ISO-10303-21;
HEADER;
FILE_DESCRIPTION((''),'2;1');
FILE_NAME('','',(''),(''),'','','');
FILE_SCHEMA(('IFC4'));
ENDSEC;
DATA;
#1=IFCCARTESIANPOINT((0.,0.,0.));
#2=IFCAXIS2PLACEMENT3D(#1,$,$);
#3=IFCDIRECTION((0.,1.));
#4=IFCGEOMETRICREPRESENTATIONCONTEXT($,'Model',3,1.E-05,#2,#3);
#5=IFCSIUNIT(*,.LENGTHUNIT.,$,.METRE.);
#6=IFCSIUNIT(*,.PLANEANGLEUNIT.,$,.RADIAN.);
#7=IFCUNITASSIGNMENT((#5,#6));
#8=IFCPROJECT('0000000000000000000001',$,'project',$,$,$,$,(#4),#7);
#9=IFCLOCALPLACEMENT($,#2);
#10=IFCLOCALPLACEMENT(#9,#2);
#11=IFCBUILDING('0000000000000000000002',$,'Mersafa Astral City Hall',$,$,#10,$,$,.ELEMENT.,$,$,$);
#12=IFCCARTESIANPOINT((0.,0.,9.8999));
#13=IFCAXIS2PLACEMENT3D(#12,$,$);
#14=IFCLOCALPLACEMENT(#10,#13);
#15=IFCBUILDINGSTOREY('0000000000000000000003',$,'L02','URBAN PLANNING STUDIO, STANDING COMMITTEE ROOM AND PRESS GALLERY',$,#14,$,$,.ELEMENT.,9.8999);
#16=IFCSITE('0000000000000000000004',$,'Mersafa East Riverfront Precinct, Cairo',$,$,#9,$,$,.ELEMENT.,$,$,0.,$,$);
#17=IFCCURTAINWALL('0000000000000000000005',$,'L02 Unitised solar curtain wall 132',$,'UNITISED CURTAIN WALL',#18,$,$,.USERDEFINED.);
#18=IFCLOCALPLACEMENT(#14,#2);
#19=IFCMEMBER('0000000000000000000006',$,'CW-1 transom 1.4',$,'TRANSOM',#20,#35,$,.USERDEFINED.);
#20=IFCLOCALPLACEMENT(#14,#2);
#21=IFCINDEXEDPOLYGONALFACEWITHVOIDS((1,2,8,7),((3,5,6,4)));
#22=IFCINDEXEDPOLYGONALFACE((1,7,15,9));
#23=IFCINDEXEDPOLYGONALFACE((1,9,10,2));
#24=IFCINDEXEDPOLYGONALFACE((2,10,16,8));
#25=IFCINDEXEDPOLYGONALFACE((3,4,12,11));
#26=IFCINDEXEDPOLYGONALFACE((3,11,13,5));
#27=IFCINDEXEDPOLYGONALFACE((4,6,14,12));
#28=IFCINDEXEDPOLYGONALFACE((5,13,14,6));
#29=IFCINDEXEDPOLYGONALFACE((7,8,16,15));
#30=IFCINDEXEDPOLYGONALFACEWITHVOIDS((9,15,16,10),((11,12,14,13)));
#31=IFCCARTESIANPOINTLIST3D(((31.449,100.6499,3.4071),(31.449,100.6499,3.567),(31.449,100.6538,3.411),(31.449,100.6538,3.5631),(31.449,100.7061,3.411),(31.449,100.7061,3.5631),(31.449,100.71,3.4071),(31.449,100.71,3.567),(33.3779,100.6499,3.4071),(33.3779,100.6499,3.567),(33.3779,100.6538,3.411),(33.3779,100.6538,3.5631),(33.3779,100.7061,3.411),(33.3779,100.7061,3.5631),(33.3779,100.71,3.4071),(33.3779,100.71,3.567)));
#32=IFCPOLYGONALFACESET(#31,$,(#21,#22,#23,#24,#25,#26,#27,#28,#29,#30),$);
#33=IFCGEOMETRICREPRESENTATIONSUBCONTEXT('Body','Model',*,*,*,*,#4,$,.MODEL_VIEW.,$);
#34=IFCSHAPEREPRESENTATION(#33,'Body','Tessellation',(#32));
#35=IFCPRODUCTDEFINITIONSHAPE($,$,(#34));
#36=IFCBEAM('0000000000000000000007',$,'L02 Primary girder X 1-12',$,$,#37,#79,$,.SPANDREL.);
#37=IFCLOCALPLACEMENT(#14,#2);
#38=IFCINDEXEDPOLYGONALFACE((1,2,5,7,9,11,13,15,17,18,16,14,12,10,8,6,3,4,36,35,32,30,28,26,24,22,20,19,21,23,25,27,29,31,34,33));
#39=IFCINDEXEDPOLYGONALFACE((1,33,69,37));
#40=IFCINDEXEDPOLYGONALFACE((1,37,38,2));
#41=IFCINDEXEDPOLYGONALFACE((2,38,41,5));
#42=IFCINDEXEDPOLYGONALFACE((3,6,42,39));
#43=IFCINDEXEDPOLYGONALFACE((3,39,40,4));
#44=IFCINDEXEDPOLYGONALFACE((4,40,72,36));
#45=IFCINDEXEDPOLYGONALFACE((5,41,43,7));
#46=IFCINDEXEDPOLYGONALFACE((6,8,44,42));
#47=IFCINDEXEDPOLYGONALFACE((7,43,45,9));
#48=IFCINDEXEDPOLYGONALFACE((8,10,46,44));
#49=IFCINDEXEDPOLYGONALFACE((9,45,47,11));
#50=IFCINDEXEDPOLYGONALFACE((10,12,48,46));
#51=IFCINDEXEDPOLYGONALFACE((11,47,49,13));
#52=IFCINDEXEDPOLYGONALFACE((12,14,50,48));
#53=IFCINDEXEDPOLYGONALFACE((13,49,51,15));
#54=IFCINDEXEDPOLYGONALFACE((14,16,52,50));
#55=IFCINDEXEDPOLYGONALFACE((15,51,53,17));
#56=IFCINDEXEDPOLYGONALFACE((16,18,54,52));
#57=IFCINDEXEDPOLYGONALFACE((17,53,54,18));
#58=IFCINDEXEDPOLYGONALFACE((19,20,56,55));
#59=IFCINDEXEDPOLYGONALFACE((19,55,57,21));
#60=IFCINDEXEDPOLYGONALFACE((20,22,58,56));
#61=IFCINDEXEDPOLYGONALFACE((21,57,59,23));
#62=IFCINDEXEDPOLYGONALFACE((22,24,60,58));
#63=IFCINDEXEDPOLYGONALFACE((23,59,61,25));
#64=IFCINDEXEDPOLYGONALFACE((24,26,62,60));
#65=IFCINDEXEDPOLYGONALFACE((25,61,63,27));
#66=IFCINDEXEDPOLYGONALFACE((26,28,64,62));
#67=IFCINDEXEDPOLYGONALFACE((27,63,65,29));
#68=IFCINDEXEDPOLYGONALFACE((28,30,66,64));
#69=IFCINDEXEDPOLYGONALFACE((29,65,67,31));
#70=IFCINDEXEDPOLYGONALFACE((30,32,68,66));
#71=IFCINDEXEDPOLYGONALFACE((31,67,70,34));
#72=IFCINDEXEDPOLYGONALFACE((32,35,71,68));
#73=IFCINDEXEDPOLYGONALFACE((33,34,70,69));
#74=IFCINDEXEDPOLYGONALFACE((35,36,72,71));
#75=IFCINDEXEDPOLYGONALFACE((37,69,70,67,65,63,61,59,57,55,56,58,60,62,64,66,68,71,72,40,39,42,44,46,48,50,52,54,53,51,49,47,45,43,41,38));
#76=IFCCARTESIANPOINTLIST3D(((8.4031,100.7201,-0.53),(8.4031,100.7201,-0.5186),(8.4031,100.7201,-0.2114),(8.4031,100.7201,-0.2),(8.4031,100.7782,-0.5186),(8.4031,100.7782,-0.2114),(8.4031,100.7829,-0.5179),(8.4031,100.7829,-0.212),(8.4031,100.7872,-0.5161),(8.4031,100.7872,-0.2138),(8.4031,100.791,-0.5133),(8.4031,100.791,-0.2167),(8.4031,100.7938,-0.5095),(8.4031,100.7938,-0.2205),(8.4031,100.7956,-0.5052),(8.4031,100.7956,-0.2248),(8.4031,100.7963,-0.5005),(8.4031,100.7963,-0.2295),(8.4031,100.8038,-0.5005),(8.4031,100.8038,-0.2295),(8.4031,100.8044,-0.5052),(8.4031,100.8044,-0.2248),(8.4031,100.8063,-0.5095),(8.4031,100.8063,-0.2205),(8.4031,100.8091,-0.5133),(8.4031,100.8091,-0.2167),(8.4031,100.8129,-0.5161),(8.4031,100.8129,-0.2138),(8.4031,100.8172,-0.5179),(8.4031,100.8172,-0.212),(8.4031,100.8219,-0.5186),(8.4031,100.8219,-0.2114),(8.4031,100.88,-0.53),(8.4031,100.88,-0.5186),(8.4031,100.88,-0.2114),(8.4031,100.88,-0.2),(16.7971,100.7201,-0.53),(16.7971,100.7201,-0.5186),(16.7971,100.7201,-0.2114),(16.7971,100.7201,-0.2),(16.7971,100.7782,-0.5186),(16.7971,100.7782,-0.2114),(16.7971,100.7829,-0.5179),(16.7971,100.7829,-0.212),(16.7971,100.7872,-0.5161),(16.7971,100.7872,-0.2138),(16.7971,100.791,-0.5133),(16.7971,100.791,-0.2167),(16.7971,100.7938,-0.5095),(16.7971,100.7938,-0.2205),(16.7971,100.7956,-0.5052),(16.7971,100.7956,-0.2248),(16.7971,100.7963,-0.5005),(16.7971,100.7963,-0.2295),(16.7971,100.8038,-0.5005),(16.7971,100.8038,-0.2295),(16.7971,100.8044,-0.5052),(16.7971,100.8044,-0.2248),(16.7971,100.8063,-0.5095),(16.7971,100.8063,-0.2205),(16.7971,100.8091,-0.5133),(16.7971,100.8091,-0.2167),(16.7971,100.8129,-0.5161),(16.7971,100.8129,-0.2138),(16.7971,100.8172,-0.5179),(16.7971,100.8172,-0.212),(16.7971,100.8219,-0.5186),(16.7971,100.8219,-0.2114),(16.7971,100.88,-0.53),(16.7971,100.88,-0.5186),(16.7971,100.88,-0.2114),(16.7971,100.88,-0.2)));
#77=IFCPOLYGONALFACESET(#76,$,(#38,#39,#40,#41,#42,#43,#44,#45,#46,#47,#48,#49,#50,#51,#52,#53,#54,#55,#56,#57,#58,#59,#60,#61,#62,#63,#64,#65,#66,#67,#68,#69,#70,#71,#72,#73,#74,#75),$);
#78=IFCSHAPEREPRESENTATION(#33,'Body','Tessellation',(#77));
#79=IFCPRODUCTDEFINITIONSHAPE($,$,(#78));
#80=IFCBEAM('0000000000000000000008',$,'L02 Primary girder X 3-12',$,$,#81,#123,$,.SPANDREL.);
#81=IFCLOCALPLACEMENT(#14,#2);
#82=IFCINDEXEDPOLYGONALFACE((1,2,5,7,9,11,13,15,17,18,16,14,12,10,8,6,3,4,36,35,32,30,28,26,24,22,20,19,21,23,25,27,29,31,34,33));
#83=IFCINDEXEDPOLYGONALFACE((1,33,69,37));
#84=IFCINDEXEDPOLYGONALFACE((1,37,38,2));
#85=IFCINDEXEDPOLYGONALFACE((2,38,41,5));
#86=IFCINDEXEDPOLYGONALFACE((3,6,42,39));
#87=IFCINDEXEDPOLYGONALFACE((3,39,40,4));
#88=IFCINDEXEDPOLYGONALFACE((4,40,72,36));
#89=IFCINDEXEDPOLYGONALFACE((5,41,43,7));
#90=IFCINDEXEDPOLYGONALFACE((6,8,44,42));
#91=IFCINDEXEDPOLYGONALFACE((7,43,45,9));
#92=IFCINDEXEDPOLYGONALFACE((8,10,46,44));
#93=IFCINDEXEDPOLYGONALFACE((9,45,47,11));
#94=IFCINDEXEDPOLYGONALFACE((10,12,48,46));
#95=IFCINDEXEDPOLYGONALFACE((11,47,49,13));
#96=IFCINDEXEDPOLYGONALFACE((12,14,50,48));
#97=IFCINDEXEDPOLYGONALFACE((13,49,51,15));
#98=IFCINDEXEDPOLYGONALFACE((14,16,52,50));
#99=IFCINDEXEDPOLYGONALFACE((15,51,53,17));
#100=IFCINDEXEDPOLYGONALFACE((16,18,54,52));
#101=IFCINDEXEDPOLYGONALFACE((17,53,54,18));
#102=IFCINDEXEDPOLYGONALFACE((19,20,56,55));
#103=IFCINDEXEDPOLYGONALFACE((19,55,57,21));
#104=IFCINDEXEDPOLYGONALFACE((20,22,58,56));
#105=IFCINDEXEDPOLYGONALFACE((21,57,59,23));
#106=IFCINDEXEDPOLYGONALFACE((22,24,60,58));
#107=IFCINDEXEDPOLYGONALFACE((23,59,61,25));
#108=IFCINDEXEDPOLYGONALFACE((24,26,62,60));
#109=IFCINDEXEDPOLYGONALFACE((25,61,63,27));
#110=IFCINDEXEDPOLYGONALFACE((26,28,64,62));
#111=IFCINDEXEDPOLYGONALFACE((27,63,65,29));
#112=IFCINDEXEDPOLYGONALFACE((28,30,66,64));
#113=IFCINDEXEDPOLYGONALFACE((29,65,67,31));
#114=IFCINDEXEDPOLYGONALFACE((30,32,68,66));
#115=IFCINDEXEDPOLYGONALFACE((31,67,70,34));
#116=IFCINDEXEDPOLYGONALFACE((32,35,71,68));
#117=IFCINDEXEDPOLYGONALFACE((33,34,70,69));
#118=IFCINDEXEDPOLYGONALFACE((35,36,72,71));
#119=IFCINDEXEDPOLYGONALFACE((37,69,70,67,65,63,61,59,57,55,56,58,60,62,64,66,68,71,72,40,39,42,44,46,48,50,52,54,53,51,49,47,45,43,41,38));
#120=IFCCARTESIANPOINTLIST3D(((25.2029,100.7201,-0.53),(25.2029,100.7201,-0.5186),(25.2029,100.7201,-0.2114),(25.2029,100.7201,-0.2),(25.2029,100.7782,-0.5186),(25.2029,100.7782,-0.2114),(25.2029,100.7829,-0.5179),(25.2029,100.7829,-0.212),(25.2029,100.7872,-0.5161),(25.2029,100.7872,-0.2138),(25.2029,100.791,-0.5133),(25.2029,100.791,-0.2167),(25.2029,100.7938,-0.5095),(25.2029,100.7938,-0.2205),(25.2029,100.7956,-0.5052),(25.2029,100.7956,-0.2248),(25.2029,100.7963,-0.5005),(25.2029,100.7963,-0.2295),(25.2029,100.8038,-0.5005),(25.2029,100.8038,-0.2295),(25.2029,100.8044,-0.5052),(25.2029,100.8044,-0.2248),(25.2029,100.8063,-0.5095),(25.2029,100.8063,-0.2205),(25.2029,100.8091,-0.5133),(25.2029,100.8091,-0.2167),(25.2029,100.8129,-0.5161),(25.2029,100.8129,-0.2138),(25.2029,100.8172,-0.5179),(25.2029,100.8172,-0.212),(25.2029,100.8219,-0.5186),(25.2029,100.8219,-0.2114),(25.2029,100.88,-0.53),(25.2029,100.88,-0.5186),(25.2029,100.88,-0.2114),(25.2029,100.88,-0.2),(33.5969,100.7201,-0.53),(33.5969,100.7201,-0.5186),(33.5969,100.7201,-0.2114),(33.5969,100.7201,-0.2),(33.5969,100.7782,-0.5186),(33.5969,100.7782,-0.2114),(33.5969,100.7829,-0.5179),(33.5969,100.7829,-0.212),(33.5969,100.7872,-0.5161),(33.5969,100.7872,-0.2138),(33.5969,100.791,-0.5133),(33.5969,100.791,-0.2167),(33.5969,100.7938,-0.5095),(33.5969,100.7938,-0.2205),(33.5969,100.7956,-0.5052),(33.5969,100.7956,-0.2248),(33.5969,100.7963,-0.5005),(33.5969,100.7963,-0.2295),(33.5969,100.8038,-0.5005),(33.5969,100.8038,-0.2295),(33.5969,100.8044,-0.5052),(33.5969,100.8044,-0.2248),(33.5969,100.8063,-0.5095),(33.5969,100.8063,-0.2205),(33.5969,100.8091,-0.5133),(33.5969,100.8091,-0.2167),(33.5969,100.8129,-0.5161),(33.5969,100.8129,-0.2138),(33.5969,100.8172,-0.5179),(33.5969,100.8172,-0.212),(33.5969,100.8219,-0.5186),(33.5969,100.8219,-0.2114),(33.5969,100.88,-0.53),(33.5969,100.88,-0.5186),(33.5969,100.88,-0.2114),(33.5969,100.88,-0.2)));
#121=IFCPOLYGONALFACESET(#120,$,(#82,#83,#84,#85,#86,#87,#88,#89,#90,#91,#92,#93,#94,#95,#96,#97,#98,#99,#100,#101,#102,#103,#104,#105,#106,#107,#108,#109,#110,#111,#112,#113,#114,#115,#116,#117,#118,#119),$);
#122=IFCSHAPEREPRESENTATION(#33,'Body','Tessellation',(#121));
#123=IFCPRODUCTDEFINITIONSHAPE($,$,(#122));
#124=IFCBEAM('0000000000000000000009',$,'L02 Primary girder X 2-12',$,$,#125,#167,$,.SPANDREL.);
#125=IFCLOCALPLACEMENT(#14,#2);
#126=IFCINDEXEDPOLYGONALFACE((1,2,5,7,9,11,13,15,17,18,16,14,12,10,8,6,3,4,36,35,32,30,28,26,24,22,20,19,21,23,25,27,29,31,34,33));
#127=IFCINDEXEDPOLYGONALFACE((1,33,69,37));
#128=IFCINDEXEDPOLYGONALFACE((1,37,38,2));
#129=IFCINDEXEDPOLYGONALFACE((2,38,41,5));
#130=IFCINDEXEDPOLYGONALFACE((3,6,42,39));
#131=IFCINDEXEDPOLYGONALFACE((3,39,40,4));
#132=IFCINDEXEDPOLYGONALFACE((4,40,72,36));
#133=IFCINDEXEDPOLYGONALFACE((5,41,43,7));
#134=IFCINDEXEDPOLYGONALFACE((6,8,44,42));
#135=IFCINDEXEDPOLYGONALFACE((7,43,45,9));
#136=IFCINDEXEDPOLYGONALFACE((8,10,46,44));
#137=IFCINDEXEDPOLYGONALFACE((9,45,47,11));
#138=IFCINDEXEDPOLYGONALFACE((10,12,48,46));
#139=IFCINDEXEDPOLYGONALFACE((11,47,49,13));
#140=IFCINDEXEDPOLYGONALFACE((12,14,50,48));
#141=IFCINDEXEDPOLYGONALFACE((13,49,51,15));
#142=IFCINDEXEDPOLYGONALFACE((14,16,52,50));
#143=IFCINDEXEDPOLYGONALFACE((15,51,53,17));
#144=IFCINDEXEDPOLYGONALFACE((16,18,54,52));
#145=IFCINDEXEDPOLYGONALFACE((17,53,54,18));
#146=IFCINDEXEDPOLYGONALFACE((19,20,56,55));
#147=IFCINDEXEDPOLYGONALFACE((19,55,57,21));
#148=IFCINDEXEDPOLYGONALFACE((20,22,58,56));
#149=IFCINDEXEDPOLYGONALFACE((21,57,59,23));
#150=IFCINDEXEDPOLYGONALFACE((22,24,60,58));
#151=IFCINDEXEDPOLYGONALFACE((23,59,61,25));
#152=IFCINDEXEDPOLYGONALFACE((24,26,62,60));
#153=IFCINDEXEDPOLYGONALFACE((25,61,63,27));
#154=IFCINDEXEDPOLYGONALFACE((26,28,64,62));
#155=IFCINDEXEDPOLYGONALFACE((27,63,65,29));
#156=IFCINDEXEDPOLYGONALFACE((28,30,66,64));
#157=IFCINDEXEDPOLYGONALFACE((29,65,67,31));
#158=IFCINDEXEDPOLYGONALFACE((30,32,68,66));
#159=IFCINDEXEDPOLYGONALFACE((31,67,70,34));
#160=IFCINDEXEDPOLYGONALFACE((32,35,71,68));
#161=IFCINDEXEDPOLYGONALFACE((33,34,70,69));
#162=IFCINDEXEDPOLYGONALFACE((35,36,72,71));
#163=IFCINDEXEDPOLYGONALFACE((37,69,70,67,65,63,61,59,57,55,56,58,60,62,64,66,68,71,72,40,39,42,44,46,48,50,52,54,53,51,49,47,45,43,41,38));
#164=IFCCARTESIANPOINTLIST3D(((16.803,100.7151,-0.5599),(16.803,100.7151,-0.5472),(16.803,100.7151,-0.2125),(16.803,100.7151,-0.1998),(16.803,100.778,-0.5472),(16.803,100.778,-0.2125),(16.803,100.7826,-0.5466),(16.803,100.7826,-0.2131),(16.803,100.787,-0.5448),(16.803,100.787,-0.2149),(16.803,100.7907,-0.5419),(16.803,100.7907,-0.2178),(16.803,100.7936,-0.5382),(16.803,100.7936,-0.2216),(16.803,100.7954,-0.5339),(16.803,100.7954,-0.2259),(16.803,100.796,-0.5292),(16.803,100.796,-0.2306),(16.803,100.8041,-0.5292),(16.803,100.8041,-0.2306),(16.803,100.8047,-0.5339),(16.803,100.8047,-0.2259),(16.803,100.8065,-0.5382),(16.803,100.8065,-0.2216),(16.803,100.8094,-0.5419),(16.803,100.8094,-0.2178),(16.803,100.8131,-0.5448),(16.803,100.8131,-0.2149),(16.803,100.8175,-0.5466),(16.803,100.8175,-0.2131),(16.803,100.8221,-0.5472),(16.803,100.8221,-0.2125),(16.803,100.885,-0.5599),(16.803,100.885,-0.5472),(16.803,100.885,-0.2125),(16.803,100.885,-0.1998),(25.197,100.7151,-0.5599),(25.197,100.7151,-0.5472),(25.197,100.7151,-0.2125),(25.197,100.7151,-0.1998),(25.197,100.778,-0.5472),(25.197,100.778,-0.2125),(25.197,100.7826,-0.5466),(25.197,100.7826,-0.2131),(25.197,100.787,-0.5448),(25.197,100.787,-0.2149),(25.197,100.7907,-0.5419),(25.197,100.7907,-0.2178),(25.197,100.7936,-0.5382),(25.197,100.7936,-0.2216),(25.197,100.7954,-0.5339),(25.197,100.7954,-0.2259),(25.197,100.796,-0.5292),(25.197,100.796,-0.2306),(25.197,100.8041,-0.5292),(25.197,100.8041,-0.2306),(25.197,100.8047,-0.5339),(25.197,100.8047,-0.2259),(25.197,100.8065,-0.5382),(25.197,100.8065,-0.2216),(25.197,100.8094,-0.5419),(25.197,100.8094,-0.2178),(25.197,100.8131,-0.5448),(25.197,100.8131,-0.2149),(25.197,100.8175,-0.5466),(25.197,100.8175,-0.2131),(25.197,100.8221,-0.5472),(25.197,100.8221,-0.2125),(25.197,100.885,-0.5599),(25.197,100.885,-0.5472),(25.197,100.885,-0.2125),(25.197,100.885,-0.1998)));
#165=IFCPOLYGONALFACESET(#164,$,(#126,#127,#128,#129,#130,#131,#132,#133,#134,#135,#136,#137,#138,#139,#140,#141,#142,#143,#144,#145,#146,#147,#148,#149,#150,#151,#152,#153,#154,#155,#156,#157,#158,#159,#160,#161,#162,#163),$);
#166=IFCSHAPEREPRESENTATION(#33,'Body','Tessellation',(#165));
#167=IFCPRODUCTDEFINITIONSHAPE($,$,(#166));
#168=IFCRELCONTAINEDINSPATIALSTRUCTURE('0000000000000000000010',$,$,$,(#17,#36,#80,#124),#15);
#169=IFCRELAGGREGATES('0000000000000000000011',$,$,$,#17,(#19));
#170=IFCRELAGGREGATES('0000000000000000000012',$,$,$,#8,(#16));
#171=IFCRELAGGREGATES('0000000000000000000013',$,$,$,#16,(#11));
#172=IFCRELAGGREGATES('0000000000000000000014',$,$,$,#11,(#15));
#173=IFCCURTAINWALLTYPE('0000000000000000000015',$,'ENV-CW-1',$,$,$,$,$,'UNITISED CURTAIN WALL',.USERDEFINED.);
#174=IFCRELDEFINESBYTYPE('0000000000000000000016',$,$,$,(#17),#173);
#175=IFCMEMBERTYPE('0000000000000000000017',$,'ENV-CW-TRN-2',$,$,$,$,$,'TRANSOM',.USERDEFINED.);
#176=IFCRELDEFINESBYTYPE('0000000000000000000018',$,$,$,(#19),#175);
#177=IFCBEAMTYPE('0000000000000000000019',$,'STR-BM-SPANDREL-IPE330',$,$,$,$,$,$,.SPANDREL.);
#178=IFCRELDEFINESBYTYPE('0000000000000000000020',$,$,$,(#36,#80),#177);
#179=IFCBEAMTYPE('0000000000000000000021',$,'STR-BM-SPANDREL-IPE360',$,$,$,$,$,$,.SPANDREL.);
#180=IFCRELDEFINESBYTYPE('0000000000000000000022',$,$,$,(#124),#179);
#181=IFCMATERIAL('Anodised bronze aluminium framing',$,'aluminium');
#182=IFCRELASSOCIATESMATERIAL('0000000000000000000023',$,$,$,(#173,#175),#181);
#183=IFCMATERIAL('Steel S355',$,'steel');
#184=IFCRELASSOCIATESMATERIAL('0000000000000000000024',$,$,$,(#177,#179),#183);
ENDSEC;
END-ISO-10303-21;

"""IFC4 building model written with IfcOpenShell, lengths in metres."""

from ifc_helpers import new_model, si_unit, direction, frame, origin, origin_2d, place, context, subcontext, project, spatial, hollow_rectangle, i_section, extrude, material, material_profile, profile_set, type_object, element, aggregate, save


model = new_model("IFC4")

# Units and contexts
model_context = context("Model", 3, precision=1e-05, world=origin(), true_north=direction((0.0, 1.0)))
body_context = subcontext(model_context, "Body", "Model", "MODEL_VIEW")
ifc_project = project(units=[si_unit("LENGTHUNIT", "METRE"), si_unit("PLANEANGLEUNIT", "RADIAN")], contexts=[model_context])

# Site, building, storey
site_placement = place(None, origin())
site = spatial("IfcSite", under=ifc_project, at=site_placement, Name="Mersafa East Riverfront Precinct, Cairo", CompositionType="ELEMENT", RefElevation=0.0)
building_placement = place(site_placement, origin())
building = spatial("IfcBuilding", under=site, at=building_placement, Name="Mersafa Astral City Hall", CompositionType="ELEMENT")
storey_placement = place(building_placement, frame((0.0, 0.0, 9.8999)))
storey = spatial("IfcBuildingStorey", under=building, at=storey_placement, Name="L02", Description="URBAN PLANNING STUDIO, STANDING COMMITTEE ROOM AND PRESS GALLERY", CompositionType="ELEMENT", Elevation=9.8999)

# Shared definitions
ifc_material_1 = material(Name="Steel S355", Category="steel")

# Curtain wall, member
ifc_material_2 = material(Name="Anodised bronze aluminium framing", Category="aluminium")
curtain_wall_type = type_object("IfcCurtainWallType", Name="ENV-CW-1", ElementType="UNITISED CURTAIN WALL", PredefinedType="USERDEFINED", material=ifc_material_2)
curtain_wall_placement = place(storey_placement, origin())
curtain_wall = element("IfcCurtainWall", 1, at=curtain_wall_placement, inside=storey, type_object=curtain_wall_type, Name="L02 Unitised solar curtain wall 132", ObjectType="UNITISED CURTAIN WALL", PredefinedType="USERDEFINED")
ifc_material_profile_1 = material_profile(ifc_material_2, hollow_rectangle(XDim=0.0601, YDim=0.1599, WallThickness=0.0039, at=origin_2d()), Name="RHS 60x160x4")
ifc_profile_set_1 = profile_set([ifc_material_profile_1], Name="Anodised bronze aluminium framing")
member_type_1 = type_object("IfcMemberType", Name="ENV-CW-TRN-2", ElementType="TRANSOM", PredefinedType="USERDEFINED", material=ifc_profile_set_1)
member_1_placement = place(storey_placement, frame((33.3779, 100.6799, 3.4871), z_axis=(-1.0, 0.0, 0.0), x_axis=(0.0, -1.0, 0.0)))
member_1 = element("IfcMember", 2, at=member_1_placement, type_object=member_type_1, Name="CW-1 transom 1.4", ObjectType="TRANSOM", PredefinedType="USERDEFINED", context=body_context, shape_type="SweptSolid", body=[
    extrude(hollow_rectangle(XDim=0.0601, YDim=0.1599, WallThickness=0.0039, at=origin_2d()), origin(), (0.0, 0.0, 1.0), 1.929),
])
aggregate(curtain_wall, [member_1])

# Beams
ifc_material_profile_2 = material_profile(ifc_material_1, i_section(OverallWidth=0.1599, OverallDepth=0.3301, WebThickness=0.0076, FlangeThickness=0.0115, FilletRadius=0.0181, at=origin_2d()), Name="IPE 330")
ifc_profile_set_2 = profile_set([ifc_material_profile_2], Name="Steel S355")
beam_type_1 = type_object("IfcBeamType", Name="STR-BM-SPANDREL-IPE330", PredefinedType="SPANDREL", material=ifc_profile_set_2)
for number, where, z_axis, x_axis, name in (
    (3, (8.4031, 100.8, -0.365), (1.0, 0.0, 0.0), (0.0, 1.0, 0.0), "L02 Primary girder X 1-12"),
    (4, (25.2029, 100.8, -0.365), (1.0, 0.0, 0.0), (0.0, 1.0, 0.0), "L02 Primary girder X 3-12"),
):
    element("IfcBeam", number, at=place(storey_placement, frame(where, z_axis=z_axis, x_axis=x_axis)), inside=storey, type_object=beam_type_1, Name=name, PredefinedType="SPANDREL", context=body_context, shape_type="SweptSolid", body=[
        extrude(i_section(OverallWidth=0.1599, OverallDepth=0.3301, WebThickness=0.0076, FlangeThickness=0.0115, FilletRadius=0.0181, at=origin_2d()), origin(), (0.0, 0.0, 1.0), 8.394),
    ])
ifc_material_profile_3 = material_profile(ifc_material_1, i_section(OverallWidth=0.1699, OverallDepth=0.3601, WebThickness=0.0081, FlangeThickness=0.0127, FilletRadius=0.0181, at=origin_2d()), Name="IPE 360")
ifc_profile_set_3 = profile_set([ifc_material_profile_3], Name="Steel S355")
beam_type_2 = type_object("IfcBeamType", Name="STR-BM-SPANDREL-IPE360", PredefinedType="SPANDREL", material=ifc_profile_set_3)
beam_placement = place(storey_placement, frame((16.803, 100.8, -0.3799), z_axis=(1.0, 0.0, 0.0), x_axis=(0.0, 1.0, 0.0)))
element("IfcBeam", 5, at=beam_placement, inside=storey, type_object=beam_type_2, Name="L02 Primary girder X 2-12", PredefinedType="SPANDREL", context=body_context, shape_type="SweptSolid", body=[
    extrude(i_section(OverallWidth=0.1699, OverallDepth=0.3601, WebThickness=0.0081, FlangeThickness=0.0127, FilletRadius=0.0181, at=origin_2d()), origin(), (0.0, 0.0, 1.0), 8.394),
])

save(model, "model.ifc")
